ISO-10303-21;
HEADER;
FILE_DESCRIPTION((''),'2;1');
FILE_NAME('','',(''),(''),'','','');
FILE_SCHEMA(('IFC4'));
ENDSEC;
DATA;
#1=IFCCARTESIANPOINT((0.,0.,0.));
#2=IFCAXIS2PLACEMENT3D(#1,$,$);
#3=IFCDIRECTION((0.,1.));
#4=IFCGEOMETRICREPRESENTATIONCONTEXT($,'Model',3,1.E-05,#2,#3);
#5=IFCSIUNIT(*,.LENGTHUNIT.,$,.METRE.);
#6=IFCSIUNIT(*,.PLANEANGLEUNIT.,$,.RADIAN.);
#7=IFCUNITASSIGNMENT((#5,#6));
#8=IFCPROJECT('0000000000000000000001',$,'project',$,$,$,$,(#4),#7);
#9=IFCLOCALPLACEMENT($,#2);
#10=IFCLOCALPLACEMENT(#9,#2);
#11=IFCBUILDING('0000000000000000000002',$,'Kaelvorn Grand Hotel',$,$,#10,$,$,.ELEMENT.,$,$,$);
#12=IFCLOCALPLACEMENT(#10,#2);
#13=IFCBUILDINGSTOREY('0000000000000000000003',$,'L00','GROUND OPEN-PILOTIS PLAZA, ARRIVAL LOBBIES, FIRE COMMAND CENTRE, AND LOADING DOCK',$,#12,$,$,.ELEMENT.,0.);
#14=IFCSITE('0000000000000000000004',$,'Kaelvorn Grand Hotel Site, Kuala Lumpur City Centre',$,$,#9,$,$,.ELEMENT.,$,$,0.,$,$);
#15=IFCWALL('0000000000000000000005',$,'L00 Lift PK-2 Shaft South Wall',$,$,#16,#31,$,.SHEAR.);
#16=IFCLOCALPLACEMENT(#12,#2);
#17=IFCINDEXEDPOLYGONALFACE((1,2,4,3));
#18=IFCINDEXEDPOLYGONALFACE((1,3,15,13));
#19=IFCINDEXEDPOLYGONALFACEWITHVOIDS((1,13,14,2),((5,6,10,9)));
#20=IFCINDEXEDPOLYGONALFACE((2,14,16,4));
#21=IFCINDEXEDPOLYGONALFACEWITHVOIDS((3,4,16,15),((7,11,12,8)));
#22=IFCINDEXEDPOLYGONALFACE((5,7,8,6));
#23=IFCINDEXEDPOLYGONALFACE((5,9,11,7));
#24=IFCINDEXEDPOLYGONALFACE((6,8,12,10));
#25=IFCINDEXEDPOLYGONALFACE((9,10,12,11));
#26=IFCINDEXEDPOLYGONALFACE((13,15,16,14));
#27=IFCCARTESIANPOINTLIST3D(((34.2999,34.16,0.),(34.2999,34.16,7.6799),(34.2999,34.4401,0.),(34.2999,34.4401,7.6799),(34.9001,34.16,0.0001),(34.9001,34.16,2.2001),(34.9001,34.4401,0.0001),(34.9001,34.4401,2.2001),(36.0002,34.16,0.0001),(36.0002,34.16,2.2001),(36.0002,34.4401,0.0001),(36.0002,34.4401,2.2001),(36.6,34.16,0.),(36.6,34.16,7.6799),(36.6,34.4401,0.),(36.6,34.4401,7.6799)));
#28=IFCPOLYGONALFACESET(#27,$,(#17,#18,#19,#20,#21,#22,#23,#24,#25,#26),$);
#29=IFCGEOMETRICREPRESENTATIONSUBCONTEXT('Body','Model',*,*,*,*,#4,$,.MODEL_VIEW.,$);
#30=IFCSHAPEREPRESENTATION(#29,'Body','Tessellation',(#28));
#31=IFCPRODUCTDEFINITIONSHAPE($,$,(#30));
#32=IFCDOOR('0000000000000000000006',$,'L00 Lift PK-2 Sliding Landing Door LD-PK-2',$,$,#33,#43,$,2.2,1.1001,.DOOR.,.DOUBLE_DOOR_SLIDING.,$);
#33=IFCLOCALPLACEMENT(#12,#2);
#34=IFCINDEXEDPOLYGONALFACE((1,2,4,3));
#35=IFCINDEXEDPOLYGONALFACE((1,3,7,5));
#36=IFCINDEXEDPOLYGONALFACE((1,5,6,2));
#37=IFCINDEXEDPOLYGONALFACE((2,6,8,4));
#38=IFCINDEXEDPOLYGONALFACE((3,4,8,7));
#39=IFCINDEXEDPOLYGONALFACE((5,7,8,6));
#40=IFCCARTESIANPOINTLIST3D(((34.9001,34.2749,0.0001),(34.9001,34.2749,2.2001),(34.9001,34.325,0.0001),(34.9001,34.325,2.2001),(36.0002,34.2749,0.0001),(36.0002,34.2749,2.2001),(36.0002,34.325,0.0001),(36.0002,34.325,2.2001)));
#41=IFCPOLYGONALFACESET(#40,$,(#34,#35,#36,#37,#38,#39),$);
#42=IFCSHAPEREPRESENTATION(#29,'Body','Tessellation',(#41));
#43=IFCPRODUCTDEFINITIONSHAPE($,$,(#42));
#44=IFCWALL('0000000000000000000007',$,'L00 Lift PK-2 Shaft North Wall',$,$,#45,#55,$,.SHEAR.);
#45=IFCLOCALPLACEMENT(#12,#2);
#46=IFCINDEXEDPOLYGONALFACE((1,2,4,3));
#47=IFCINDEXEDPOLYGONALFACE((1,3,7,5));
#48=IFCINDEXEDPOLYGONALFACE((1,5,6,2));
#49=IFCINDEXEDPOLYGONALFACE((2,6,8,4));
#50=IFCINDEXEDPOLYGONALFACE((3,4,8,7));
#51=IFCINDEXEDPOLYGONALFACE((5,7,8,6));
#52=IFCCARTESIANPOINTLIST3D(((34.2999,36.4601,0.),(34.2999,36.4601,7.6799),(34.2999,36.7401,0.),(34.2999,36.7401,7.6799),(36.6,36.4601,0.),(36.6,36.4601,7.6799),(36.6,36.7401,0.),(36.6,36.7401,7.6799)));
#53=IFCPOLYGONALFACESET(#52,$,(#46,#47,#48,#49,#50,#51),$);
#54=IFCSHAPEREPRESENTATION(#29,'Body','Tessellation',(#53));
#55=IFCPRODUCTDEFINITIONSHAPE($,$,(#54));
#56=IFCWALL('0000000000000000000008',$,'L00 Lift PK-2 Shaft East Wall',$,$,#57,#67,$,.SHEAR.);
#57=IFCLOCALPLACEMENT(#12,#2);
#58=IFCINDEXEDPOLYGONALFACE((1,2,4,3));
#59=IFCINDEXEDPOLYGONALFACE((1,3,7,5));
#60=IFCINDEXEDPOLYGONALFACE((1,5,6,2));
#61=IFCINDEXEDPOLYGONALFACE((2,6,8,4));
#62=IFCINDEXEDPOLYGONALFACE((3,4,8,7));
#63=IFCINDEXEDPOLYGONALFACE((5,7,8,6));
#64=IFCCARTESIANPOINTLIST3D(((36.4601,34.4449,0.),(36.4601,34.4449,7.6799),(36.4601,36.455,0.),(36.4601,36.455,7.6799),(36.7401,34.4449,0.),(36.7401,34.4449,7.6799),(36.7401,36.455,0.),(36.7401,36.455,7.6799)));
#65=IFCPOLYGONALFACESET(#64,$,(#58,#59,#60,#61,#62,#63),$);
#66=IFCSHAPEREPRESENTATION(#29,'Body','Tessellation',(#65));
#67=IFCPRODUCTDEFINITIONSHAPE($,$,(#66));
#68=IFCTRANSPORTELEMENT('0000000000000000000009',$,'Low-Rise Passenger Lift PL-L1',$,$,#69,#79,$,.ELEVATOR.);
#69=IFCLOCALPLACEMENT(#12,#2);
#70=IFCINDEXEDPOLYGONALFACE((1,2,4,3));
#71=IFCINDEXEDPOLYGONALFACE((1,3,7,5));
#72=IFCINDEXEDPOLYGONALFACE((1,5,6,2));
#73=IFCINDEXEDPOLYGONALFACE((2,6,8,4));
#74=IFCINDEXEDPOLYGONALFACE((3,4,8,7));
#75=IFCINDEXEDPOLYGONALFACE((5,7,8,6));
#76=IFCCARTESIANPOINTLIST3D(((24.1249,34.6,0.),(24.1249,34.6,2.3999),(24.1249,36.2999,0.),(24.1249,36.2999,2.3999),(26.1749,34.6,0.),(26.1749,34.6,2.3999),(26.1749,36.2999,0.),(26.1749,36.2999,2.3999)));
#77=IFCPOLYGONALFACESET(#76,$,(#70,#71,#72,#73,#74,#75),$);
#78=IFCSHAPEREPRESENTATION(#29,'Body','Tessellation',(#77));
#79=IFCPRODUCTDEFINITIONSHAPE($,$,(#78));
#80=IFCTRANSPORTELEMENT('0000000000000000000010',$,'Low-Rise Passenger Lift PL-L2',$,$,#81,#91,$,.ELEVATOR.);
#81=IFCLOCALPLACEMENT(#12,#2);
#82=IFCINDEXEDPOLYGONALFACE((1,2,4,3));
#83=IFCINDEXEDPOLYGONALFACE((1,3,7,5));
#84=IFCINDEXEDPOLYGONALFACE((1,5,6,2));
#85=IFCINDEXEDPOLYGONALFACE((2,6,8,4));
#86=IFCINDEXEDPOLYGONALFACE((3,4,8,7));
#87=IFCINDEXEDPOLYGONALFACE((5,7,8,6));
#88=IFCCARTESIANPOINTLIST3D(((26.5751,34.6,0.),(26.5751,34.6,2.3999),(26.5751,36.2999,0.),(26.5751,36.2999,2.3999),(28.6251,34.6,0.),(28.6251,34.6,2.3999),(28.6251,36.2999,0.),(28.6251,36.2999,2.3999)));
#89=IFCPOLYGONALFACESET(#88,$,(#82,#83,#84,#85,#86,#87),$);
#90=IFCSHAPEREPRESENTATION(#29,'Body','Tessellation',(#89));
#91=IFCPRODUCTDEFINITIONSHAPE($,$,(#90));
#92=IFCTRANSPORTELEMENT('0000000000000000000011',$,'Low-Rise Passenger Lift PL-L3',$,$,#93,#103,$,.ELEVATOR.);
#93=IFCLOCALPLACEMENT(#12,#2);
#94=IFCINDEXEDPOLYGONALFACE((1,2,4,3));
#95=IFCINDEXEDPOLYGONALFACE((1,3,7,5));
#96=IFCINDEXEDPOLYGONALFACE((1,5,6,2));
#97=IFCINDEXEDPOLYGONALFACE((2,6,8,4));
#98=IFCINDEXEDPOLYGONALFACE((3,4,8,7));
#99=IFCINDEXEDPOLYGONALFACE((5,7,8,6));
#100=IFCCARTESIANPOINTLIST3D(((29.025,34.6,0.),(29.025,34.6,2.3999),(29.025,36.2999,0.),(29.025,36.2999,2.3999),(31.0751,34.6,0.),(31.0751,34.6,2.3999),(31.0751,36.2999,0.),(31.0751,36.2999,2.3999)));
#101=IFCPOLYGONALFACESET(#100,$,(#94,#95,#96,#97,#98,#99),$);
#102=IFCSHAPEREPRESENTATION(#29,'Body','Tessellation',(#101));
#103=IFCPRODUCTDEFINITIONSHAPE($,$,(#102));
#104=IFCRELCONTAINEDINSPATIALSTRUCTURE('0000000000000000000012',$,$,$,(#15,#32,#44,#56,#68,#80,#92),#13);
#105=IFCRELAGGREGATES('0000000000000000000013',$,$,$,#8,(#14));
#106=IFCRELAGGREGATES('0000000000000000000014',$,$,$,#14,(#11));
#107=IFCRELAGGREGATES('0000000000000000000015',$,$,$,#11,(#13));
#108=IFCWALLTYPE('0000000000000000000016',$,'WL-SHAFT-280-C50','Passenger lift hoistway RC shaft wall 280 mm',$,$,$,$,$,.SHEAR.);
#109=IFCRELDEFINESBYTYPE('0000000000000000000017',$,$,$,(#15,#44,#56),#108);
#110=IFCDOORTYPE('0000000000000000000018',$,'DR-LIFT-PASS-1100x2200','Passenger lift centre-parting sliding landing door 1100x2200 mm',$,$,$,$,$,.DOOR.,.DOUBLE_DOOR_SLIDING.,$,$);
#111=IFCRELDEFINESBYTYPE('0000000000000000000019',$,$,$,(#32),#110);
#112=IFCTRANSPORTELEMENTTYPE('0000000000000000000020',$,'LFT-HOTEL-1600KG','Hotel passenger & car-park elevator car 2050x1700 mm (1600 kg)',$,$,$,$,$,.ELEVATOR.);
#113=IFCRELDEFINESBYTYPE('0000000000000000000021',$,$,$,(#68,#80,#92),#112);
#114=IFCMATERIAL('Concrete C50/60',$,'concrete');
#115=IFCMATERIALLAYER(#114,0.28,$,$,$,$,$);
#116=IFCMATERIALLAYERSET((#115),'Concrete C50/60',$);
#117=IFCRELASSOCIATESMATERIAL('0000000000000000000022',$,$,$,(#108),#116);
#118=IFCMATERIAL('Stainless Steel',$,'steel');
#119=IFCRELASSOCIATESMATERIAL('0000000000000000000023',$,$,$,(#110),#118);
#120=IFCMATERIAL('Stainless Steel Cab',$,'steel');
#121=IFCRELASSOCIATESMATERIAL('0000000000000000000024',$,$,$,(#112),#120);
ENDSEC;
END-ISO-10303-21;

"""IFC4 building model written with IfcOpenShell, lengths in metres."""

from ifc_helpers import new_model, si_unit, direction, frame, frame_2d, origin, origin_2d, place, context, subcontext, project, spatial, rectangle, extrude, material, layer, layer_set, type_object, element, fill, save


model = new_model("IFC4")

# Units and contexts
model_context = context("Model", 3, precision=1e-05, world=origin(), true_north=direction((0.0, 1.0)))
body_context = subcontext(model_context, "Body", "Model", "MODEL_VIEW")
ifc_project = project(units=[si_unit("LENGTHUNIT", "METRE"), si_unit("PLANEANGLEUNIT", "RADIAN")], contexts=[model_context])

# Site, building, storey
site_placement = place(None, origin())
site = spatial("IfcSite", under=ifc_project, at=site_placement, Name="Kaelvorn Grand Hotel Site, Kuala Lumpur City Centre", CompositionType="ELEMENT", RefElevation=0.0)
building_placement = place(site_placement, origin())
building = spatial("IfcBuilding", under=site, at=building_placement, Name="Kaelvorn Grand Hotel", CompositionType="ELEMENT")
storey_placement = place(building_placement, origin())
storey = spatial("IfcBuildingStorey", under=building, at=storey_placement, Name="L00", Description="GROUND OPEN-PILOTIS PLAZA, ARRIVAL LOBBIES, FIRE COMMAND CENTRE, AND LOADING DOCK", CompositionType="ELEMENT", Elevation=0.0)

# Shared definitions
ifc_material_1 = material(Name="Concrete C50/60", Category="concrete")
ifc_layer_1 = layer(ifc_material_1, 0.28)
ifc_layer_set_1 = layer_set([ifc_layer_1], Name="Concrete C50/60")
wall_type_1 = type_object("IfcWallType", Name="WL-SHAFT-280-C50", Description="Passenger lift hoistway RC shaft wall 280 mm", PredefinedType="SHEAR", material=ifc_layer_set_1)
ifc_material_2 = material(Name="Stainless Steel", Category="steel")
door_type_1 = type_object("IfcDoorType", Name="DR-LIFT-PASS-1100x2200", Description="Passenger lift centre-parting sliding landing door 1100x2200 mm", OperationType="DOUBLE_DOOR_SLIDING", PredefinedType="DOOR", material=ifc_material_2)

# Wall, opening, door
wall_1_placement = place(storey_placement, frame((34.3, 34.3, 0.0), z_axis=(0.0, 0.0, 1.0), x_axis=(1.0, 0.0, 0.0)))
wall_1 = element("IfcWall", 1, at=wall_1_placement, inside=storey, type_object=wall_type_1, Name="L00 Lift PK-2 Shaft South Wall", PredefinedType="SHEAR", context=body_context, shape_type="SweptSolid", body=[
    extrude(rectangle(XDim=2.3, YDim=0.28, at=frame_2d((1.1499, 0.0))), origin(), (0.0, 0.0, 1.0), 7.6799),
])
opening_1_placement = place(wall_1_placement, frame((0.6001, 0.0, 0.0)))
opening_1 = element("IfcOpeningElement", 2, at=opening_1_placement, cuts=wall_1, PredefinedType="OPENING", context=body_context, shape_type="SweptSolid", body=[
    extrude(rectangle(XDim=1.1001, YDim=2.2, at=frame_2d((0.55, 1.1001))), frame((0.0, 0.1499, 0.0), z_axis=(0.0, -1.0, 0.0), x_axis=(1.0, 0.0, 0.0)), (0.0, 0.0, 1.0), 0.3),
])
door_1_placement = place(opening_1_placement, origin())
door_1 = element("IfcDoor", 3, at=door_1_placement, inside=storey, type_object=door_type_1, Name="L00 Lift PK-2 Sliding Landing Door LD-PK-2", OperationType="DOUBLE_DOOR_SLIDING", OverallHeight=2.2, OverallWidth=1.1001, PredefinedType="DOOR", context=body_context, shape_type="SweptSolid", body=[
    extrude(rectangle(XDim=1.1001, YDim=2.2, at=frame_2d((0.55, 1.1001))), frame((0.0, 0.0249, 0.0), z_axis=(0.0, -1.0, 0.0), x_axis=(1.0, 0.0, 0.0)), (0.0, 0.0, 1.0), 0.05),
])
fill(opening_1, door_1)

# Walls
wall_2_placement = place(storey_placement, frame((34.3, 36.6001, 0.0), z_axis=(0.0, 0.0, 1.0), x_axis=(1.0, 0.0, 0.0)))
element("IfcWall", 4, at=wall_2_placement, inside=storey, type_object=wall_type_1, Name="L00 Lift PK-2 Shaft North Wall", PredefinedType="SHEAR", context=body_context, shape_type="SweptSolid", body=[
    extrude(rectangle(XDim=2.3, YDim=0.28, at=frame_2d((1.1499, 0.0))), origin(), (0.0, 0.0, 1.0), 7.6799),
])
wall_3_placement = place(storey_placement, frame((36.6001, 34.4451, 0.0), z_axis=(0.0, 0.0, 1.0), x_axis=(0.0, 1.0, 0.0)))
element("IfcWall", 5, at=wall_3_placement, inside=storey, type_object=wall_type_1, Name="L00 Lift PK-2 Shaft East Wall", PredefinedType="SHEAR", context=body_context, shape_type="SweptSolid", body=[
    extrude(rectangle(XDim=2.01, YDim=0.28, at=frame_2d((1.0049, 0.0))), origin(), (0.0, 0.0, 1.0), 7.6799),
])

# Transport elements
ifc_material_3 = material(Name="Stainless Steel Cab", Category="steel")
transport_element_type = type_object("IfcTransportElementType", Name="LFT-HOTEL-1600KG", Description="Hotel passenger & car-park elevator car 2050x1700 mm (1600 kg)", PredefinedType="ELEVATOR", material=ifc_material_3)
for number, where, z_axis, x_axis, name in (
    (6, (25.1499, 35.45, 0.0), (0.0, 0.0, 1.0), (1.0, 0.0, 0.0), "Low-Rise Passenger Lift PL-L1"),
    (7, (27.6001, 35.45, 0.0), (0.0, 0.0, 1.0), (1.0, 0.0, 0.0), "Low-Rise Passenger Lift PL-L2"),
    (8, (30.05, 35.45, 0.0), (0.0, 0.0, 1.0), (1.0, 0.0, 0.0), "Low-Rise Passenger Lift PL-L3"),
):
    element("IfcTransportElement", number, at=place(storey_placement, frame(where, z_axis=z_axis, x_axis=x_axis)), inside=storey, type_object=transport_element_type, Name=name, PredefinedType="ELEVATOR", context=body_context, shape_type="SweptSolid", body=[
        extrude(rectangle(XDim=2.05, YDim=1.7, at=origin_2d()), origin(), (0.0, 0.0, 1.0), 2.3999),
    ])

save(model, "model.ifc")
